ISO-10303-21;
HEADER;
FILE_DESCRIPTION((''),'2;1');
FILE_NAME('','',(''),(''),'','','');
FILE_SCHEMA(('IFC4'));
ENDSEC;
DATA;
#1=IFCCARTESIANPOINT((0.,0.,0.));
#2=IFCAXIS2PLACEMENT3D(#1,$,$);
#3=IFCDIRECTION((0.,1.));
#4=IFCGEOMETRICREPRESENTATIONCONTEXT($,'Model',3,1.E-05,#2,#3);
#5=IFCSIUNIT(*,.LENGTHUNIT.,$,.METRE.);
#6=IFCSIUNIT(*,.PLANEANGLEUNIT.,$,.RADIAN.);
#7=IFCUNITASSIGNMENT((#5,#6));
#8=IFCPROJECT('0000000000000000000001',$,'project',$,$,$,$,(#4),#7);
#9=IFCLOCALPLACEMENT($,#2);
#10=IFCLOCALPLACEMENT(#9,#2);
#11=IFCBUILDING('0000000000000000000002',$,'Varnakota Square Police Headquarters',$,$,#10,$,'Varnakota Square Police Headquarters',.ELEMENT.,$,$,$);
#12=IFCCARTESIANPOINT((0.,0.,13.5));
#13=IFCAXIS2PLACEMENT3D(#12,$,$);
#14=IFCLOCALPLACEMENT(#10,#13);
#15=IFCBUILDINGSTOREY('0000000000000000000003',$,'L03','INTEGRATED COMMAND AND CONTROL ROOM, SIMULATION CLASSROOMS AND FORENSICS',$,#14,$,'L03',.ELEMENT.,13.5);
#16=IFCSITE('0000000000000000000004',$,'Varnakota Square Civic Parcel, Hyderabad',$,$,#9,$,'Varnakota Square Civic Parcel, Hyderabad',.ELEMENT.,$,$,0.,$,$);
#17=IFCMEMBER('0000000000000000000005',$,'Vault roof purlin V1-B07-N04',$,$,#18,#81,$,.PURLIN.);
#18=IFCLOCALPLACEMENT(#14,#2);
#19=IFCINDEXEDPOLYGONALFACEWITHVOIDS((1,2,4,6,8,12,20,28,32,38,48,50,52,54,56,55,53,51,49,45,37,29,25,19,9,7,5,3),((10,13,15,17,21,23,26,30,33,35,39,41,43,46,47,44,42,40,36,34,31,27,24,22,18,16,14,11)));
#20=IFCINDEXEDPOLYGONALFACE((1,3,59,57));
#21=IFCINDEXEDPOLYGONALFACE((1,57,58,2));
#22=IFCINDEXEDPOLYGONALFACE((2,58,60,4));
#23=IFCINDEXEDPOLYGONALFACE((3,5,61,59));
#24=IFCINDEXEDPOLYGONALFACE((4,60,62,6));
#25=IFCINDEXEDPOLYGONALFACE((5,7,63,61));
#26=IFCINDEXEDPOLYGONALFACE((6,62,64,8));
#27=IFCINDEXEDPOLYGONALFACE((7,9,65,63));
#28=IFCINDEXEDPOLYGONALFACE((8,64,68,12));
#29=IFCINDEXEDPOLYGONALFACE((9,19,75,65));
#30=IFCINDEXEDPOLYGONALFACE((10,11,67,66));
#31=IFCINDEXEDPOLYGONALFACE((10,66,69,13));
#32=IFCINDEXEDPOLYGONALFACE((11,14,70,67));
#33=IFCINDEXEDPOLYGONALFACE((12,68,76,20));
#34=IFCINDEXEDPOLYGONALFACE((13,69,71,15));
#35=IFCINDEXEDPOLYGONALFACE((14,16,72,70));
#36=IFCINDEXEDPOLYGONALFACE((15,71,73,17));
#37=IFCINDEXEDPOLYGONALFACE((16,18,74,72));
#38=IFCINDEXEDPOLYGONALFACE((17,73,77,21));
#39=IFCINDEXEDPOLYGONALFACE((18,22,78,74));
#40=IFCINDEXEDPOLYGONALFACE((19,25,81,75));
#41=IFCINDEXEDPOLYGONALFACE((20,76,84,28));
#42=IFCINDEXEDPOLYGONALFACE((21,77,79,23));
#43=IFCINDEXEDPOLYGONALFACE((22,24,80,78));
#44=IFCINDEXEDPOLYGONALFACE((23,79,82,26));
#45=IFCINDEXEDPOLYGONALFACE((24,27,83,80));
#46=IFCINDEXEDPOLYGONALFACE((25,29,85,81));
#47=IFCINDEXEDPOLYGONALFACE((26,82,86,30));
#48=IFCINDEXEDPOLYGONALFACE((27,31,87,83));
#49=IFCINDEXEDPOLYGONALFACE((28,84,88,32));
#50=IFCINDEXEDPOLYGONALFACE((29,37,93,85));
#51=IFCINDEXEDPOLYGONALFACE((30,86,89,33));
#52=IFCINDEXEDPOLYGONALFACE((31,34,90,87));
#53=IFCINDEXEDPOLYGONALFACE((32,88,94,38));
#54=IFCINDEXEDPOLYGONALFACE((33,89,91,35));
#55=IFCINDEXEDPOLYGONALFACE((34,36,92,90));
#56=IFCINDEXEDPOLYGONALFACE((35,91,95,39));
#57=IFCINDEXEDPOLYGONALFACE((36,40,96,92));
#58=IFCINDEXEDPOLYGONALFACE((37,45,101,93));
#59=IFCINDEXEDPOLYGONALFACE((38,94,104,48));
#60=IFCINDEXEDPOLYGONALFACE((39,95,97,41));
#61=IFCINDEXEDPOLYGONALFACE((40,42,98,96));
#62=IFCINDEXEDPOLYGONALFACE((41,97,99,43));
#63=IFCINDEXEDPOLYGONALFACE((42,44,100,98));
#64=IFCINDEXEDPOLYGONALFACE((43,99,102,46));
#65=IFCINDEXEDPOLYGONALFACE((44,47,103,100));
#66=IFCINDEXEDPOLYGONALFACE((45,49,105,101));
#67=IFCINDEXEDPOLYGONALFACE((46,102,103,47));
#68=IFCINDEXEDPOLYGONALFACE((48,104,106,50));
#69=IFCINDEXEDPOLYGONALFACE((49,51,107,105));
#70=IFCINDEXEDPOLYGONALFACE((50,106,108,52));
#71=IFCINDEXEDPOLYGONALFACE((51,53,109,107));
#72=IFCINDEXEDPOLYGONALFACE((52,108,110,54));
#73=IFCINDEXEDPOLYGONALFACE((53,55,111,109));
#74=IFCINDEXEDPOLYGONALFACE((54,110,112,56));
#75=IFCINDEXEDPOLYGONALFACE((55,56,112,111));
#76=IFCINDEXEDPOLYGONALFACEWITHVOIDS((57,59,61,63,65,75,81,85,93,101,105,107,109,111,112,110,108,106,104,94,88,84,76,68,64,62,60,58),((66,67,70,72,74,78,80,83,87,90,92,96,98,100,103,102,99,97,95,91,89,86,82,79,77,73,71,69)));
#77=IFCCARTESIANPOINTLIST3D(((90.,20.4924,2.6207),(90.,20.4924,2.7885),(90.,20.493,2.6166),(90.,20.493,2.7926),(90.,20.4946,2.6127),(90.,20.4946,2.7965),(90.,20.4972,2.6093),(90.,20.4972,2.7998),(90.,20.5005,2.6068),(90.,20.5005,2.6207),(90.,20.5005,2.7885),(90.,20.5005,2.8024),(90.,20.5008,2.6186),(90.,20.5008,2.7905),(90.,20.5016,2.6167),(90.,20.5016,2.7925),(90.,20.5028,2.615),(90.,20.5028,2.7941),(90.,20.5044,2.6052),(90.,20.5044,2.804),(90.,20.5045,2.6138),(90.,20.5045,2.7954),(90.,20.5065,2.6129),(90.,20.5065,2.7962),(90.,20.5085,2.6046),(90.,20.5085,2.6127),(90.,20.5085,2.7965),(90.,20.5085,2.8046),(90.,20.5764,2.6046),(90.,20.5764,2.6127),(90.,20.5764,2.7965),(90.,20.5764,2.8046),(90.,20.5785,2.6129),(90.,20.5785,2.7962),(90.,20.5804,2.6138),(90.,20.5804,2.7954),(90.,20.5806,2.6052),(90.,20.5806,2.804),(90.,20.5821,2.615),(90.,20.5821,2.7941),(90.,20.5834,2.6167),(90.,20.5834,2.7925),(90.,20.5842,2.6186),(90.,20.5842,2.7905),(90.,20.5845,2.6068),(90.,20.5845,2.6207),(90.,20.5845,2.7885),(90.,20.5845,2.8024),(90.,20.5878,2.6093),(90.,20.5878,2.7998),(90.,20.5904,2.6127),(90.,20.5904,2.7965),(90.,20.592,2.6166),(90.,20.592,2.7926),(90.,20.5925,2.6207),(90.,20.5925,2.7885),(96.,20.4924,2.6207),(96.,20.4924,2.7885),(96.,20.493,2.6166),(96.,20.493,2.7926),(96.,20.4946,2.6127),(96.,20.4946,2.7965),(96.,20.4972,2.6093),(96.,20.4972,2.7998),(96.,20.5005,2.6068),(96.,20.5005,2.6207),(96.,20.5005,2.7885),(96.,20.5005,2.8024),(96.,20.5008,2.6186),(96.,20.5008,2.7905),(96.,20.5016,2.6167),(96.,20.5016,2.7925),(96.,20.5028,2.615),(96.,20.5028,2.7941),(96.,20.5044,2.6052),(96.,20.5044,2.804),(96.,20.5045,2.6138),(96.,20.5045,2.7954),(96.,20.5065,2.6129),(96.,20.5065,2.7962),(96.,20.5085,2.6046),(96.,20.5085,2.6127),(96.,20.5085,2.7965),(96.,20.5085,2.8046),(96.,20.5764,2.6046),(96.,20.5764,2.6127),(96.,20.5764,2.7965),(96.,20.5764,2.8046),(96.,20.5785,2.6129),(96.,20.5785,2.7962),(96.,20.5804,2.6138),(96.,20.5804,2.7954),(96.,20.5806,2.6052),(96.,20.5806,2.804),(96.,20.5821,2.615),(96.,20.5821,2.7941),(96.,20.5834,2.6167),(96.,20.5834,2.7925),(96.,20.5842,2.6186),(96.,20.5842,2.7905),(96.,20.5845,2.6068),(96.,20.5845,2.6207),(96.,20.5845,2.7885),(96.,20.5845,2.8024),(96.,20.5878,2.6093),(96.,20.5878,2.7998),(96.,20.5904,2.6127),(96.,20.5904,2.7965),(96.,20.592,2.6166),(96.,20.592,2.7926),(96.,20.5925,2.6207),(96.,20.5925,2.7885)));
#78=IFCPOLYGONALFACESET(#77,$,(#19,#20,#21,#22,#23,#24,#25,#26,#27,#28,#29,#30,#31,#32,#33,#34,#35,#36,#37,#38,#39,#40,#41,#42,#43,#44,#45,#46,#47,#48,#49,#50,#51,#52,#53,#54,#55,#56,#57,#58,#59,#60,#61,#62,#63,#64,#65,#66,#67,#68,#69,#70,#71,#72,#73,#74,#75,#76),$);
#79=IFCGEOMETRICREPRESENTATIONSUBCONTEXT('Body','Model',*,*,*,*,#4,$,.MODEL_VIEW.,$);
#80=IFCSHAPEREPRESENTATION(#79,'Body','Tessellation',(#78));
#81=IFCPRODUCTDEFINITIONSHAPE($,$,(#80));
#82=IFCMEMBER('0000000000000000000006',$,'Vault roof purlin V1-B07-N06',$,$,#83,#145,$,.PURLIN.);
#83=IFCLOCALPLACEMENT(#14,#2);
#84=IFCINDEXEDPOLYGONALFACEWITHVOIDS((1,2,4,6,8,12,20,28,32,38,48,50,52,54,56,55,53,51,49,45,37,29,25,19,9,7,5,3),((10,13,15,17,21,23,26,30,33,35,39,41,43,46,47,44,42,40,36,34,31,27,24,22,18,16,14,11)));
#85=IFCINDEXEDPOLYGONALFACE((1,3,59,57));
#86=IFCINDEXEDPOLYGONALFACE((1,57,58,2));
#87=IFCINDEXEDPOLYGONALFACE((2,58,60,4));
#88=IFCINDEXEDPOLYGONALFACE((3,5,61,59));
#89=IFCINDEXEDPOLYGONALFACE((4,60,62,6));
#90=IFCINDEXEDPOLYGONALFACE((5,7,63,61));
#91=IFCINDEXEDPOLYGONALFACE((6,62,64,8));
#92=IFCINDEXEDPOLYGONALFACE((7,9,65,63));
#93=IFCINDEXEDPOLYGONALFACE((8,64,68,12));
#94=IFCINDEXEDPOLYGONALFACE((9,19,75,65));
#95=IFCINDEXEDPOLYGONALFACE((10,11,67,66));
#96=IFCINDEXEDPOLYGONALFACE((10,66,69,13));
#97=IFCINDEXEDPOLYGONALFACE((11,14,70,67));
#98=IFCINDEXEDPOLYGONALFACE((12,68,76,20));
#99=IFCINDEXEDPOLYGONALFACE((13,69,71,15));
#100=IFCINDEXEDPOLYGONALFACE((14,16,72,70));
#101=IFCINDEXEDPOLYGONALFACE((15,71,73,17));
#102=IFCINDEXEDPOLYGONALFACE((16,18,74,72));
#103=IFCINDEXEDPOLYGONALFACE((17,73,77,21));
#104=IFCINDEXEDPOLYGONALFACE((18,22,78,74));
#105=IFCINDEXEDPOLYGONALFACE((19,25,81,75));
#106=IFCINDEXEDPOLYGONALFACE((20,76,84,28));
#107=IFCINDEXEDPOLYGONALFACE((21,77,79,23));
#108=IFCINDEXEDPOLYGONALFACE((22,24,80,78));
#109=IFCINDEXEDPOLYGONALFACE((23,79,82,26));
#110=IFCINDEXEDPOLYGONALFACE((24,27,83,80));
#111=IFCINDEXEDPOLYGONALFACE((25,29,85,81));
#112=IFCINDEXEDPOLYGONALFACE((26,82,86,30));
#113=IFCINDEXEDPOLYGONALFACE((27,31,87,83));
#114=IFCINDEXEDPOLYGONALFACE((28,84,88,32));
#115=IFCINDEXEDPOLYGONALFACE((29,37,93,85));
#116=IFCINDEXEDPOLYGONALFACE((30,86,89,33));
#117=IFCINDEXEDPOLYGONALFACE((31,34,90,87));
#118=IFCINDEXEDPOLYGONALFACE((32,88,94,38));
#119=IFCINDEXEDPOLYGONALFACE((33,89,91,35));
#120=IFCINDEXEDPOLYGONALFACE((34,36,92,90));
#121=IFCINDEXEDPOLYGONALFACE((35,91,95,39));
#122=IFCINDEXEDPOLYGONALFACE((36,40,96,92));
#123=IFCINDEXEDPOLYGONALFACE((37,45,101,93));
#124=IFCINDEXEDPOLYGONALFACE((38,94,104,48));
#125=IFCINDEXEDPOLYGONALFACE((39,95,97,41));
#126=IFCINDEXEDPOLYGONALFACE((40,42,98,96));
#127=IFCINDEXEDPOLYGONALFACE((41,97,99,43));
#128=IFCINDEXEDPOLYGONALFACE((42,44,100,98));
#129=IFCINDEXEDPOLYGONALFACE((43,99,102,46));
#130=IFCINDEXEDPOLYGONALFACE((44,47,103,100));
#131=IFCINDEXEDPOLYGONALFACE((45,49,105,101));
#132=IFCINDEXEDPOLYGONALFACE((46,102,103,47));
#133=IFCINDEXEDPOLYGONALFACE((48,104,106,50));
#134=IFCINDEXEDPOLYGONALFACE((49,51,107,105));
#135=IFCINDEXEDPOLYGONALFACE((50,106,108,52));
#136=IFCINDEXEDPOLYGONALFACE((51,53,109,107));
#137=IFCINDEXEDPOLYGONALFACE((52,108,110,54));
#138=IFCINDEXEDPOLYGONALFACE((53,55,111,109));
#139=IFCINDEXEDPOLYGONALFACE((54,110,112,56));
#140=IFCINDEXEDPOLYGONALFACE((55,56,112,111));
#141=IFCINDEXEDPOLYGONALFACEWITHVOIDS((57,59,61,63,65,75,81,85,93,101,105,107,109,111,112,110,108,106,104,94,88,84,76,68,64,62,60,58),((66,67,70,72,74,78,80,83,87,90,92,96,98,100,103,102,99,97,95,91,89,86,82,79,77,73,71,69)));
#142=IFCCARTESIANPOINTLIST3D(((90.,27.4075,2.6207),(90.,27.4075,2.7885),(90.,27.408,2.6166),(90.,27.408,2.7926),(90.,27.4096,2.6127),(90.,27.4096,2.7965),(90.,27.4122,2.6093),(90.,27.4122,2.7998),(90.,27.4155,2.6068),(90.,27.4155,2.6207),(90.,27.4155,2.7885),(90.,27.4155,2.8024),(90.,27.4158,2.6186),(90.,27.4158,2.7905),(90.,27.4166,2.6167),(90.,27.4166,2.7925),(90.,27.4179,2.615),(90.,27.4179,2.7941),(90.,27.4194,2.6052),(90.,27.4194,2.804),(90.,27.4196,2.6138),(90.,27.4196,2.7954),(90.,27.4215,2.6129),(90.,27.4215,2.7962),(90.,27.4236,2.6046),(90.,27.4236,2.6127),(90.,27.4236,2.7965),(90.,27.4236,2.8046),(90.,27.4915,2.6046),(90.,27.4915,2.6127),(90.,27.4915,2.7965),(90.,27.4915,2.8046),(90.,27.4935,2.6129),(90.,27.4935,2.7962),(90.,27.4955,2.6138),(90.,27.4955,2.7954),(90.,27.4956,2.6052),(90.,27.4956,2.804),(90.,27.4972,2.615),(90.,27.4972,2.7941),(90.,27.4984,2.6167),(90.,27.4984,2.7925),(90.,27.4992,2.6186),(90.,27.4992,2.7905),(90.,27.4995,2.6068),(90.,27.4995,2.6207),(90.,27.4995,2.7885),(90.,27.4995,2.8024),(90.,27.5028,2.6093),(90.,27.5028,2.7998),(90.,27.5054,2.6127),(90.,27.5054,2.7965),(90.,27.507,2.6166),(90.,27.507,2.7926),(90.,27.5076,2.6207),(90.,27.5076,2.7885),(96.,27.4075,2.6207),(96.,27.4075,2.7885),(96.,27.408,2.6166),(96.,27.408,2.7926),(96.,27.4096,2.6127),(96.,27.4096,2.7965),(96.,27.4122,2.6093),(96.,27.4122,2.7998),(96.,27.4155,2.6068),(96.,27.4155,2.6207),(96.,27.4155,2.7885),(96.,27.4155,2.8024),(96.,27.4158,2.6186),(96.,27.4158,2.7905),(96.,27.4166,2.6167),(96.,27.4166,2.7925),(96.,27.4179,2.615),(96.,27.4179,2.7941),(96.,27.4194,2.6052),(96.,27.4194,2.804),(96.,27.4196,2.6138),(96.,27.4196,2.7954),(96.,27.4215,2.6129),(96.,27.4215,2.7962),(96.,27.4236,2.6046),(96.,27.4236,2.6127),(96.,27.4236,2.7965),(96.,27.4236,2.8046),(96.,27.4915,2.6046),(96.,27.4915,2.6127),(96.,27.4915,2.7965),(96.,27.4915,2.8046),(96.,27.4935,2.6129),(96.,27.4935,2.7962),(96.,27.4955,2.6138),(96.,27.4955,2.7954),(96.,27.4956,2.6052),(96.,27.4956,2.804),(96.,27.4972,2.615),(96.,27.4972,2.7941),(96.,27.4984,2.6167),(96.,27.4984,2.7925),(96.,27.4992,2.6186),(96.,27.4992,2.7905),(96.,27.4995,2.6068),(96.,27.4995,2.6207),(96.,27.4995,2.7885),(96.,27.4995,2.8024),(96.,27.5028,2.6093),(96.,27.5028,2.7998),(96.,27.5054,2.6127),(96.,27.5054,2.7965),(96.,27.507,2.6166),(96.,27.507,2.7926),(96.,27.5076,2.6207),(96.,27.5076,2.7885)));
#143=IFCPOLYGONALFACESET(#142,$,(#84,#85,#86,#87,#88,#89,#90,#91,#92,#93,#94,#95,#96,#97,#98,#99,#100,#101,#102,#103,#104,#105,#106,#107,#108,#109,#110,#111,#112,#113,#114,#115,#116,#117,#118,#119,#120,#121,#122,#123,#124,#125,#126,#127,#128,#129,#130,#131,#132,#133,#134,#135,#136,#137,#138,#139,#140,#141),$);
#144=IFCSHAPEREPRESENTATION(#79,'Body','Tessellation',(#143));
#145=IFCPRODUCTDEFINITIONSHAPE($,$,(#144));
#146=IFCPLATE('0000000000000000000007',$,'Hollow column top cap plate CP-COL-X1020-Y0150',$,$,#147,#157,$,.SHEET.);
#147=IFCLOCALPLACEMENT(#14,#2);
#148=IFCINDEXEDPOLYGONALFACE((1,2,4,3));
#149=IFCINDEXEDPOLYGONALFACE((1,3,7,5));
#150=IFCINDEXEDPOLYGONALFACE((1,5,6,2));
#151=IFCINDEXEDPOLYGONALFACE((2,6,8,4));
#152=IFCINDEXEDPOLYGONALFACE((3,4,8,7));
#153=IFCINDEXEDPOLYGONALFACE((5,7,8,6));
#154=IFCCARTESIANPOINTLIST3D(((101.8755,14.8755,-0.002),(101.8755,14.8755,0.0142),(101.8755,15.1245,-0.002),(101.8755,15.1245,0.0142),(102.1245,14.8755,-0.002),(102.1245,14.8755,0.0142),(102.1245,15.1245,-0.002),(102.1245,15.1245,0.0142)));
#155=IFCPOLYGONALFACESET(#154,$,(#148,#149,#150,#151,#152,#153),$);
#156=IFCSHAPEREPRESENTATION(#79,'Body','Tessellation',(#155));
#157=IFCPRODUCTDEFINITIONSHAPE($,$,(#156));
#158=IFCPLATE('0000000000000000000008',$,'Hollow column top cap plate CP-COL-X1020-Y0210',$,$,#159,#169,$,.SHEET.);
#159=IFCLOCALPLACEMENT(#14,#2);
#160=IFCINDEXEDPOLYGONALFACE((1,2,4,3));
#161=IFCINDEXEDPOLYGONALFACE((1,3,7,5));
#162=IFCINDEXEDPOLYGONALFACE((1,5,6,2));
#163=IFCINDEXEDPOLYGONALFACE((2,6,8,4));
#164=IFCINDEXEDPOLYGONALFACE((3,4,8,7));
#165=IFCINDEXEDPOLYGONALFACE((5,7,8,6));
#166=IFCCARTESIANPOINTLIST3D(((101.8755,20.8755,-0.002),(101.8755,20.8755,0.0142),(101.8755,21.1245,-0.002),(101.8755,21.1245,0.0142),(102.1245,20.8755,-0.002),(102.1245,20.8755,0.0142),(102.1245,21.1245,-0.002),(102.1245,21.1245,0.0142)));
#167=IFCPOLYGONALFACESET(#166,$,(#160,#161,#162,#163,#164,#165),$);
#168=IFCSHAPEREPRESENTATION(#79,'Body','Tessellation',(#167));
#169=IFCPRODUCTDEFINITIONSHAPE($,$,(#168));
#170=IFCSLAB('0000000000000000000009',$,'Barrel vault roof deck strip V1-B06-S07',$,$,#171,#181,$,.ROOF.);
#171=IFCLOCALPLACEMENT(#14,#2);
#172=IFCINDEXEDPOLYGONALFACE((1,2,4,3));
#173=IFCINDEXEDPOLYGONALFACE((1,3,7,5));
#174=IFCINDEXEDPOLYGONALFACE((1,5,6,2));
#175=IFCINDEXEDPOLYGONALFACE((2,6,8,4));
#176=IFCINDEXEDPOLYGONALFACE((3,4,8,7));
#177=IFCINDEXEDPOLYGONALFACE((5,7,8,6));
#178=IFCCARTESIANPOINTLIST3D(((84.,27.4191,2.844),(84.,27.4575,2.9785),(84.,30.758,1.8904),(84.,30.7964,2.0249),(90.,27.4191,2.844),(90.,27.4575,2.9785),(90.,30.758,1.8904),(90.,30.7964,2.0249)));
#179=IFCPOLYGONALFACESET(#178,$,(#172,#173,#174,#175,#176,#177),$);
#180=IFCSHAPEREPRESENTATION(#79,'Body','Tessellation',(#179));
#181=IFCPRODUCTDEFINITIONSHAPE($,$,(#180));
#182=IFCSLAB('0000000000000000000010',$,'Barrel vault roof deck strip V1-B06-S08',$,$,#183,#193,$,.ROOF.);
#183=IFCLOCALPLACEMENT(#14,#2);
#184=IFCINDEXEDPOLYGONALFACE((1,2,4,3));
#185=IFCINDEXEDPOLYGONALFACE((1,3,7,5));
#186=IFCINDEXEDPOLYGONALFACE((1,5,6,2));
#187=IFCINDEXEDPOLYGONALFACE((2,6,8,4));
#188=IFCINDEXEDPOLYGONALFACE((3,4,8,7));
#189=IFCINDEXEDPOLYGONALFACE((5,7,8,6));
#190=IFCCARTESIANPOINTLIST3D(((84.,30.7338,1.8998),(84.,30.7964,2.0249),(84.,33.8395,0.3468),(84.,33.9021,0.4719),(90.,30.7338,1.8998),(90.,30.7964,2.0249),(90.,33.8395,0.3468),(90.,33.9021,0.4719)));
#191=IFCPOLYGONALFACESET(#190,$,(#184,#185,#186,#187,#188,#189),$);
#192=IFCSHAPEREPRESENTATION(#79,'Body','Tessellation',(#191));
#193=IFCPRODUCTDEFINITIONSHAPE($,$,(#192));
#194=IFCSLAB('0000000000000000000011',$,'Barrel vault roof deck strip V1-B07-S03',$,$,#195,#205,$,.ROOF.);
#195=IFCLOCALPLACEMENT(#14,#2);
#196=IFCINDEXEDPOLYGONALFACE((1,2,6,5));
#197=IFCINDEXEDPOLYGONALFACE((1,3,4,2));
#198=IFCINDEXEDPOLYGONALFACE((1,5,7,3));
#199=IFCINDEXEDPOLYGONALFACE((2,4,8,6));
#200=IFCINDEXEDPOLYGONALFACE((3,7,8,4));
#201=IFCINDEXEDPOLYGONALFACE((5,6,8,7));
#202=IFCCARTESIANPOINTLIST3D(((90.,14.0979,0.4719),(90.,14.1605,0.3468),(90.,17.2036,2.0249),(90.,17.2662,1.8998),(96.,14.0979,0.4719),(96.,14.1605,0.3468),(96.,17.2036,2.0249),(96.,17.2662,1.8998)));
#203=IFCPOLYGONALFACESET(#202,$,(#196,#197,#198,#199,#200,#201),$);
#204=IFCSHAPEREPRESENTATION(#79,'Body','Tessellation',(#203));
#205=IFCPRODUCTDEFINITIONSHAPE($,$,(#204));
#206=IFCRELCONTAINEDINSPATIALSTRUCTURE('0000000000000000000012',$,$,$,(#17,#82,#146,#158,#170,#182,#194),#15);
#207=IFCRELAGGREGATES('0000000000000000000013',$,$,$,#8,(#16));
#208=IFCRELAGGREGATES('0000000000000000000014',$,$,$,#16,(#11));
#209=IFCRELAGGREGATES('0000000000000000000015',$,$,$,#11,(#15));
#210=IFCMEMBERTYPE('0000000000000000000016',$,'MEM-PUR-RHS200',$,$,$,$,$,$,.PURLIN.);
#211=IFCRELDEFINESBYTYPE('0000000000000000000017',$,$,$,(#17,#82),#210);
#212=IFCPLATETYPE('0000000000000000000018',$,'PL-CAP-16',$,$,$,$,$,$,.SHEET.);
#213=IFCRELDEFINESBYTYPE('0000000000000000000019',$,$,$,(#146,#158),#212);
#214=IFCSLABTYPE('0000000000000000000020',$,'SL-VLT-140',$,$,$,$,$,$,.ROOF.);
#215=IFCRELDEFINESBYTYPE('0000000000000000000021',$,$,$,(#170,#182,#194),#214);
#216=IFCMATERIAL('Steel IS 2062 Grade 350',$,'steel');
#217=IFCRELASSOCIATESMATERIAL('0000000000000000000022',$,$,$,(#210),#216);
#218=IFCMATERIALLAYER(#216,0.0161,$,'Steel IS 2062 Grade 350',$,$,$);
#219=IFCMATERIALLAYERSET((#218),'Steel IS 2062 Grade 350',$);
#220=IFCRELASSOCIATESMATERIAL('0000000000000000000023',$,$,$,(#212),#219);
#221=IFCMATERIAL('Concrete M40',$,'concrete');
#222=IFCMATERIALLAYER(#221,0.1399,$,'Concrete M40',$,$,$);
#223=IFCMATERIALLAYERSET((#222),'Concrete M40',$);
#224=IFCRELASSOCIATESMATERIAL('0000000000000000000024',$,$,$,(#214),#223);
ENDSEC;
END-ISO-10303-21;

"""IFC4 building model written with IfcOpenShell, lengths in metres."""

from ifc_helpers import new_model, si_unit, direction, frame, origin, origin_2d, place, context, subcontext, project, spatial, polyline, rectangle, hollow_rectangle, outline, extrude, material, layer, layer_set, material_profile, profile_set, type_object, element, save


model = new_model("IFC4")

# Units and contexts
model_context = context("Model", 3, precision=1e-05, world=origin(), true_north=direction((0.0, 1.0)))
body_context = subcontext(model_context, "Body", "Model", "MODEL_VIEW")
ifc_project = project(units=[si_unit("LENGTHUNIT", "METRE"), si_unit("PLANEANGLEUNIT", "RADIAN")], contexts=[model_context])

# Site, building, storey
site_placement = place(None, origin())
site = spatial("IfcSite", under=ifc_project, at=site_placement, Name="Varnakota Square Civic Parcel, Hyderabad", LongName="Varnakota Square Civic Parcel, Hyderabad", CompositionType="ELEMENT", RefElevation=0.0)
building_placement = place(site_placement, origin())
building = spatial("IfcBuilding", under=site, at=building_placement, Name="Varnakota Square Police Headquarters", LongName="Varnakota Square Police Headquarters", CompositionType="ELEMENT")
storey_placement = place(building_placement, frame((0.0, 0.0, 13.5)))
storey = spatial("IfcBuildingStorey", under=building, at=storey_placement, Name="L03", Description="INTEGRATED COMMAND AND CONTROL ROOM, SIMULATION CLASSROOMS AND FORENSICS", LongName="L03", CompositionType="ELEMENT", Elevation=13.5)

# Shared definitions
ifc_material_1 = material(Name="Steel IS 2062 Grade 350", Category="steel")

# Members
ifc_material_profile_1 = material_profile(ifc_material_1, hollow_rectangle(XDim=0.1001, YDim=0.2, WallThickness=0.0081, InnerFilletRadius=0.0081, OuterFilletRadius=0.0161, at=origin_2d()), Name="RHS 200x100x8")
ifc_profile_set_1 = profile_set([ifc_material_profile_1], Name="Steel IS 2062 Grade 350")
member_type_1 = type_object("IfcMemberType", Name="MEM-PUR-RHS200", PredefinedType="PURLIN", material=ifc_profile_set_1)
for number, where, z_axis, x_axis, name in (
    (1, (90.0, 20.5425, 2.7046), (1.0, 0.0, 0.0), (0.0, 1.0, 0.0), "Vault roof purlin V1-B07-N04"),
    (2, (90.0, 27.4575, 2.7046), (1.0, 0.0, 0.0), (0.0, 1.0, 0.0), "Vault roof purlin V1-B07-N06"),
):
    element("IfcMember", number, at=place(storey_placement, frame(where, z_axis=z_axis, x_axis=x_axis)), inside=storey, type_object=member_type_1, Name=name, PredefinedType="PURLIN", context=body_context, shape_type="SweptSolid", body=[
        extrude(hollow_rectangle(XDim=0.1001, YDim=0.2, WallThickness=0.0081, InnerFilletRadius=0.0081, OuterFilletRadius=0.0161, at=origin_2d()), origin(), (0.0, 0.0, 1.0), 6.0),
    ])

# Plates
ifc_layer_1 = layer(ifc_material_1, 0.0161, Name="Steel IS 2062 Grade 350")
ifc_layer_set_1 = layer_set([ifc_layer_1], Name="Steel IS 2062 Grade 350")
plate_type = type_object("IfcPlateType", Name="PL-CAP-16", PredefinedType="SHEET", material=ifc_layer_set_1)
for number, where, z_axis, x_axis, name in (
    (3, (102.0, 15.0, -0.002), (0.0, 0.0, 1.0), (1.0, 0.0, 0.0), "Hollow column top cap plate CP-COL-X1020-Y0150"),
    (4, (102.0, 21.0, -0.002), (0.0, 0.0, 1.0), (1.0, 0.0, 0.0), "Hollow column top cap plate CP-COL-X1020-Y0210"),
):
    element("IfcPlate", number, at=place(storey_placement, frame(where, z_axis=z_axis, x_axis=x_axis)), inside=storey, type_object=plate_type, Name=name, PredefinedType="SHEET", context=body_context, shape_type="SweptSolid", body=[
        extrude(rectangle(XDim=0.249, YDim=0.249, at=origin_2d()), origin(), (0.0, 0.0, 1.0), 0.0161),
    ])

# Slabs
ifc_material_2 = material(Name="Concrete M40", Category="concrete")
ifc_layer_2 = layer(ifc_material_2, 0.1399, Name="Concrete M40")
ifc_layer_set_2 = layer_set([ifc_layer_2], Name="Concrete M40")
slab_type = type_object("IfcSlabType", Name="SL-VLT-140", PredefinedType="ROOF", material=ifc_layer_set_2)
slab_1_placement = place(storey_placement, frame((84.0, 27.4575, 2.9785), z_axis=(0.0, 0.274628, 0.96155), x_axis=(1.0, 0.0, 0.0)))
element("IfcSlab", 5, at=slab_1_placement, inside=storey, type_object=slab_type, Name="Barrel vault roof deck strip V1-B06-S07", PredefinedType="ROOF", context=body_context, shape_type="SweptSolid", body=[
    extrude(outline(polyline([(0.0, 0.0), (6.0, 0.0), (6.0, 3.4724), (0.0, 3.4724), (0.0, 0.0)])), origin(), (0.0, 0.0, -1.0), 0.1399),
])
for number, where, z_axis, x_axis, name in (
    (6, (84.0, 30.7964, 2.0249), (0.0, 0.447242, 0.894413), (1.0, 0.0, 0.0), "Barrel vault roof deck strip V1-B06-S08"),
    (7, (90.0, 14.0979, 0.4719), (0.0, -0.447242, 0.894413), (1.0, 0.0, 0.0), "Barrel vault roof deck strip V1-B07-S03"),
):
    element("IfcSlab", number, at=place(storey_placement, frame(where, z_axis=z_axis, x_axis=x_axis)), inside=storey, type_object=slab_type, Name=name, PredefinedType="ROOF", context=body_context, shape_type="SweptSolid", body=[
        extrude(outline(polyline([(0.0, 0.0), (6.0, 0.0), (6.0, 3.4723), (0.0, 3.4723), (0.0, 0.0)])), origin(), (0.0, 0.0, -1.0), 0.1399),
    ])

save(model, "model.ifc")
